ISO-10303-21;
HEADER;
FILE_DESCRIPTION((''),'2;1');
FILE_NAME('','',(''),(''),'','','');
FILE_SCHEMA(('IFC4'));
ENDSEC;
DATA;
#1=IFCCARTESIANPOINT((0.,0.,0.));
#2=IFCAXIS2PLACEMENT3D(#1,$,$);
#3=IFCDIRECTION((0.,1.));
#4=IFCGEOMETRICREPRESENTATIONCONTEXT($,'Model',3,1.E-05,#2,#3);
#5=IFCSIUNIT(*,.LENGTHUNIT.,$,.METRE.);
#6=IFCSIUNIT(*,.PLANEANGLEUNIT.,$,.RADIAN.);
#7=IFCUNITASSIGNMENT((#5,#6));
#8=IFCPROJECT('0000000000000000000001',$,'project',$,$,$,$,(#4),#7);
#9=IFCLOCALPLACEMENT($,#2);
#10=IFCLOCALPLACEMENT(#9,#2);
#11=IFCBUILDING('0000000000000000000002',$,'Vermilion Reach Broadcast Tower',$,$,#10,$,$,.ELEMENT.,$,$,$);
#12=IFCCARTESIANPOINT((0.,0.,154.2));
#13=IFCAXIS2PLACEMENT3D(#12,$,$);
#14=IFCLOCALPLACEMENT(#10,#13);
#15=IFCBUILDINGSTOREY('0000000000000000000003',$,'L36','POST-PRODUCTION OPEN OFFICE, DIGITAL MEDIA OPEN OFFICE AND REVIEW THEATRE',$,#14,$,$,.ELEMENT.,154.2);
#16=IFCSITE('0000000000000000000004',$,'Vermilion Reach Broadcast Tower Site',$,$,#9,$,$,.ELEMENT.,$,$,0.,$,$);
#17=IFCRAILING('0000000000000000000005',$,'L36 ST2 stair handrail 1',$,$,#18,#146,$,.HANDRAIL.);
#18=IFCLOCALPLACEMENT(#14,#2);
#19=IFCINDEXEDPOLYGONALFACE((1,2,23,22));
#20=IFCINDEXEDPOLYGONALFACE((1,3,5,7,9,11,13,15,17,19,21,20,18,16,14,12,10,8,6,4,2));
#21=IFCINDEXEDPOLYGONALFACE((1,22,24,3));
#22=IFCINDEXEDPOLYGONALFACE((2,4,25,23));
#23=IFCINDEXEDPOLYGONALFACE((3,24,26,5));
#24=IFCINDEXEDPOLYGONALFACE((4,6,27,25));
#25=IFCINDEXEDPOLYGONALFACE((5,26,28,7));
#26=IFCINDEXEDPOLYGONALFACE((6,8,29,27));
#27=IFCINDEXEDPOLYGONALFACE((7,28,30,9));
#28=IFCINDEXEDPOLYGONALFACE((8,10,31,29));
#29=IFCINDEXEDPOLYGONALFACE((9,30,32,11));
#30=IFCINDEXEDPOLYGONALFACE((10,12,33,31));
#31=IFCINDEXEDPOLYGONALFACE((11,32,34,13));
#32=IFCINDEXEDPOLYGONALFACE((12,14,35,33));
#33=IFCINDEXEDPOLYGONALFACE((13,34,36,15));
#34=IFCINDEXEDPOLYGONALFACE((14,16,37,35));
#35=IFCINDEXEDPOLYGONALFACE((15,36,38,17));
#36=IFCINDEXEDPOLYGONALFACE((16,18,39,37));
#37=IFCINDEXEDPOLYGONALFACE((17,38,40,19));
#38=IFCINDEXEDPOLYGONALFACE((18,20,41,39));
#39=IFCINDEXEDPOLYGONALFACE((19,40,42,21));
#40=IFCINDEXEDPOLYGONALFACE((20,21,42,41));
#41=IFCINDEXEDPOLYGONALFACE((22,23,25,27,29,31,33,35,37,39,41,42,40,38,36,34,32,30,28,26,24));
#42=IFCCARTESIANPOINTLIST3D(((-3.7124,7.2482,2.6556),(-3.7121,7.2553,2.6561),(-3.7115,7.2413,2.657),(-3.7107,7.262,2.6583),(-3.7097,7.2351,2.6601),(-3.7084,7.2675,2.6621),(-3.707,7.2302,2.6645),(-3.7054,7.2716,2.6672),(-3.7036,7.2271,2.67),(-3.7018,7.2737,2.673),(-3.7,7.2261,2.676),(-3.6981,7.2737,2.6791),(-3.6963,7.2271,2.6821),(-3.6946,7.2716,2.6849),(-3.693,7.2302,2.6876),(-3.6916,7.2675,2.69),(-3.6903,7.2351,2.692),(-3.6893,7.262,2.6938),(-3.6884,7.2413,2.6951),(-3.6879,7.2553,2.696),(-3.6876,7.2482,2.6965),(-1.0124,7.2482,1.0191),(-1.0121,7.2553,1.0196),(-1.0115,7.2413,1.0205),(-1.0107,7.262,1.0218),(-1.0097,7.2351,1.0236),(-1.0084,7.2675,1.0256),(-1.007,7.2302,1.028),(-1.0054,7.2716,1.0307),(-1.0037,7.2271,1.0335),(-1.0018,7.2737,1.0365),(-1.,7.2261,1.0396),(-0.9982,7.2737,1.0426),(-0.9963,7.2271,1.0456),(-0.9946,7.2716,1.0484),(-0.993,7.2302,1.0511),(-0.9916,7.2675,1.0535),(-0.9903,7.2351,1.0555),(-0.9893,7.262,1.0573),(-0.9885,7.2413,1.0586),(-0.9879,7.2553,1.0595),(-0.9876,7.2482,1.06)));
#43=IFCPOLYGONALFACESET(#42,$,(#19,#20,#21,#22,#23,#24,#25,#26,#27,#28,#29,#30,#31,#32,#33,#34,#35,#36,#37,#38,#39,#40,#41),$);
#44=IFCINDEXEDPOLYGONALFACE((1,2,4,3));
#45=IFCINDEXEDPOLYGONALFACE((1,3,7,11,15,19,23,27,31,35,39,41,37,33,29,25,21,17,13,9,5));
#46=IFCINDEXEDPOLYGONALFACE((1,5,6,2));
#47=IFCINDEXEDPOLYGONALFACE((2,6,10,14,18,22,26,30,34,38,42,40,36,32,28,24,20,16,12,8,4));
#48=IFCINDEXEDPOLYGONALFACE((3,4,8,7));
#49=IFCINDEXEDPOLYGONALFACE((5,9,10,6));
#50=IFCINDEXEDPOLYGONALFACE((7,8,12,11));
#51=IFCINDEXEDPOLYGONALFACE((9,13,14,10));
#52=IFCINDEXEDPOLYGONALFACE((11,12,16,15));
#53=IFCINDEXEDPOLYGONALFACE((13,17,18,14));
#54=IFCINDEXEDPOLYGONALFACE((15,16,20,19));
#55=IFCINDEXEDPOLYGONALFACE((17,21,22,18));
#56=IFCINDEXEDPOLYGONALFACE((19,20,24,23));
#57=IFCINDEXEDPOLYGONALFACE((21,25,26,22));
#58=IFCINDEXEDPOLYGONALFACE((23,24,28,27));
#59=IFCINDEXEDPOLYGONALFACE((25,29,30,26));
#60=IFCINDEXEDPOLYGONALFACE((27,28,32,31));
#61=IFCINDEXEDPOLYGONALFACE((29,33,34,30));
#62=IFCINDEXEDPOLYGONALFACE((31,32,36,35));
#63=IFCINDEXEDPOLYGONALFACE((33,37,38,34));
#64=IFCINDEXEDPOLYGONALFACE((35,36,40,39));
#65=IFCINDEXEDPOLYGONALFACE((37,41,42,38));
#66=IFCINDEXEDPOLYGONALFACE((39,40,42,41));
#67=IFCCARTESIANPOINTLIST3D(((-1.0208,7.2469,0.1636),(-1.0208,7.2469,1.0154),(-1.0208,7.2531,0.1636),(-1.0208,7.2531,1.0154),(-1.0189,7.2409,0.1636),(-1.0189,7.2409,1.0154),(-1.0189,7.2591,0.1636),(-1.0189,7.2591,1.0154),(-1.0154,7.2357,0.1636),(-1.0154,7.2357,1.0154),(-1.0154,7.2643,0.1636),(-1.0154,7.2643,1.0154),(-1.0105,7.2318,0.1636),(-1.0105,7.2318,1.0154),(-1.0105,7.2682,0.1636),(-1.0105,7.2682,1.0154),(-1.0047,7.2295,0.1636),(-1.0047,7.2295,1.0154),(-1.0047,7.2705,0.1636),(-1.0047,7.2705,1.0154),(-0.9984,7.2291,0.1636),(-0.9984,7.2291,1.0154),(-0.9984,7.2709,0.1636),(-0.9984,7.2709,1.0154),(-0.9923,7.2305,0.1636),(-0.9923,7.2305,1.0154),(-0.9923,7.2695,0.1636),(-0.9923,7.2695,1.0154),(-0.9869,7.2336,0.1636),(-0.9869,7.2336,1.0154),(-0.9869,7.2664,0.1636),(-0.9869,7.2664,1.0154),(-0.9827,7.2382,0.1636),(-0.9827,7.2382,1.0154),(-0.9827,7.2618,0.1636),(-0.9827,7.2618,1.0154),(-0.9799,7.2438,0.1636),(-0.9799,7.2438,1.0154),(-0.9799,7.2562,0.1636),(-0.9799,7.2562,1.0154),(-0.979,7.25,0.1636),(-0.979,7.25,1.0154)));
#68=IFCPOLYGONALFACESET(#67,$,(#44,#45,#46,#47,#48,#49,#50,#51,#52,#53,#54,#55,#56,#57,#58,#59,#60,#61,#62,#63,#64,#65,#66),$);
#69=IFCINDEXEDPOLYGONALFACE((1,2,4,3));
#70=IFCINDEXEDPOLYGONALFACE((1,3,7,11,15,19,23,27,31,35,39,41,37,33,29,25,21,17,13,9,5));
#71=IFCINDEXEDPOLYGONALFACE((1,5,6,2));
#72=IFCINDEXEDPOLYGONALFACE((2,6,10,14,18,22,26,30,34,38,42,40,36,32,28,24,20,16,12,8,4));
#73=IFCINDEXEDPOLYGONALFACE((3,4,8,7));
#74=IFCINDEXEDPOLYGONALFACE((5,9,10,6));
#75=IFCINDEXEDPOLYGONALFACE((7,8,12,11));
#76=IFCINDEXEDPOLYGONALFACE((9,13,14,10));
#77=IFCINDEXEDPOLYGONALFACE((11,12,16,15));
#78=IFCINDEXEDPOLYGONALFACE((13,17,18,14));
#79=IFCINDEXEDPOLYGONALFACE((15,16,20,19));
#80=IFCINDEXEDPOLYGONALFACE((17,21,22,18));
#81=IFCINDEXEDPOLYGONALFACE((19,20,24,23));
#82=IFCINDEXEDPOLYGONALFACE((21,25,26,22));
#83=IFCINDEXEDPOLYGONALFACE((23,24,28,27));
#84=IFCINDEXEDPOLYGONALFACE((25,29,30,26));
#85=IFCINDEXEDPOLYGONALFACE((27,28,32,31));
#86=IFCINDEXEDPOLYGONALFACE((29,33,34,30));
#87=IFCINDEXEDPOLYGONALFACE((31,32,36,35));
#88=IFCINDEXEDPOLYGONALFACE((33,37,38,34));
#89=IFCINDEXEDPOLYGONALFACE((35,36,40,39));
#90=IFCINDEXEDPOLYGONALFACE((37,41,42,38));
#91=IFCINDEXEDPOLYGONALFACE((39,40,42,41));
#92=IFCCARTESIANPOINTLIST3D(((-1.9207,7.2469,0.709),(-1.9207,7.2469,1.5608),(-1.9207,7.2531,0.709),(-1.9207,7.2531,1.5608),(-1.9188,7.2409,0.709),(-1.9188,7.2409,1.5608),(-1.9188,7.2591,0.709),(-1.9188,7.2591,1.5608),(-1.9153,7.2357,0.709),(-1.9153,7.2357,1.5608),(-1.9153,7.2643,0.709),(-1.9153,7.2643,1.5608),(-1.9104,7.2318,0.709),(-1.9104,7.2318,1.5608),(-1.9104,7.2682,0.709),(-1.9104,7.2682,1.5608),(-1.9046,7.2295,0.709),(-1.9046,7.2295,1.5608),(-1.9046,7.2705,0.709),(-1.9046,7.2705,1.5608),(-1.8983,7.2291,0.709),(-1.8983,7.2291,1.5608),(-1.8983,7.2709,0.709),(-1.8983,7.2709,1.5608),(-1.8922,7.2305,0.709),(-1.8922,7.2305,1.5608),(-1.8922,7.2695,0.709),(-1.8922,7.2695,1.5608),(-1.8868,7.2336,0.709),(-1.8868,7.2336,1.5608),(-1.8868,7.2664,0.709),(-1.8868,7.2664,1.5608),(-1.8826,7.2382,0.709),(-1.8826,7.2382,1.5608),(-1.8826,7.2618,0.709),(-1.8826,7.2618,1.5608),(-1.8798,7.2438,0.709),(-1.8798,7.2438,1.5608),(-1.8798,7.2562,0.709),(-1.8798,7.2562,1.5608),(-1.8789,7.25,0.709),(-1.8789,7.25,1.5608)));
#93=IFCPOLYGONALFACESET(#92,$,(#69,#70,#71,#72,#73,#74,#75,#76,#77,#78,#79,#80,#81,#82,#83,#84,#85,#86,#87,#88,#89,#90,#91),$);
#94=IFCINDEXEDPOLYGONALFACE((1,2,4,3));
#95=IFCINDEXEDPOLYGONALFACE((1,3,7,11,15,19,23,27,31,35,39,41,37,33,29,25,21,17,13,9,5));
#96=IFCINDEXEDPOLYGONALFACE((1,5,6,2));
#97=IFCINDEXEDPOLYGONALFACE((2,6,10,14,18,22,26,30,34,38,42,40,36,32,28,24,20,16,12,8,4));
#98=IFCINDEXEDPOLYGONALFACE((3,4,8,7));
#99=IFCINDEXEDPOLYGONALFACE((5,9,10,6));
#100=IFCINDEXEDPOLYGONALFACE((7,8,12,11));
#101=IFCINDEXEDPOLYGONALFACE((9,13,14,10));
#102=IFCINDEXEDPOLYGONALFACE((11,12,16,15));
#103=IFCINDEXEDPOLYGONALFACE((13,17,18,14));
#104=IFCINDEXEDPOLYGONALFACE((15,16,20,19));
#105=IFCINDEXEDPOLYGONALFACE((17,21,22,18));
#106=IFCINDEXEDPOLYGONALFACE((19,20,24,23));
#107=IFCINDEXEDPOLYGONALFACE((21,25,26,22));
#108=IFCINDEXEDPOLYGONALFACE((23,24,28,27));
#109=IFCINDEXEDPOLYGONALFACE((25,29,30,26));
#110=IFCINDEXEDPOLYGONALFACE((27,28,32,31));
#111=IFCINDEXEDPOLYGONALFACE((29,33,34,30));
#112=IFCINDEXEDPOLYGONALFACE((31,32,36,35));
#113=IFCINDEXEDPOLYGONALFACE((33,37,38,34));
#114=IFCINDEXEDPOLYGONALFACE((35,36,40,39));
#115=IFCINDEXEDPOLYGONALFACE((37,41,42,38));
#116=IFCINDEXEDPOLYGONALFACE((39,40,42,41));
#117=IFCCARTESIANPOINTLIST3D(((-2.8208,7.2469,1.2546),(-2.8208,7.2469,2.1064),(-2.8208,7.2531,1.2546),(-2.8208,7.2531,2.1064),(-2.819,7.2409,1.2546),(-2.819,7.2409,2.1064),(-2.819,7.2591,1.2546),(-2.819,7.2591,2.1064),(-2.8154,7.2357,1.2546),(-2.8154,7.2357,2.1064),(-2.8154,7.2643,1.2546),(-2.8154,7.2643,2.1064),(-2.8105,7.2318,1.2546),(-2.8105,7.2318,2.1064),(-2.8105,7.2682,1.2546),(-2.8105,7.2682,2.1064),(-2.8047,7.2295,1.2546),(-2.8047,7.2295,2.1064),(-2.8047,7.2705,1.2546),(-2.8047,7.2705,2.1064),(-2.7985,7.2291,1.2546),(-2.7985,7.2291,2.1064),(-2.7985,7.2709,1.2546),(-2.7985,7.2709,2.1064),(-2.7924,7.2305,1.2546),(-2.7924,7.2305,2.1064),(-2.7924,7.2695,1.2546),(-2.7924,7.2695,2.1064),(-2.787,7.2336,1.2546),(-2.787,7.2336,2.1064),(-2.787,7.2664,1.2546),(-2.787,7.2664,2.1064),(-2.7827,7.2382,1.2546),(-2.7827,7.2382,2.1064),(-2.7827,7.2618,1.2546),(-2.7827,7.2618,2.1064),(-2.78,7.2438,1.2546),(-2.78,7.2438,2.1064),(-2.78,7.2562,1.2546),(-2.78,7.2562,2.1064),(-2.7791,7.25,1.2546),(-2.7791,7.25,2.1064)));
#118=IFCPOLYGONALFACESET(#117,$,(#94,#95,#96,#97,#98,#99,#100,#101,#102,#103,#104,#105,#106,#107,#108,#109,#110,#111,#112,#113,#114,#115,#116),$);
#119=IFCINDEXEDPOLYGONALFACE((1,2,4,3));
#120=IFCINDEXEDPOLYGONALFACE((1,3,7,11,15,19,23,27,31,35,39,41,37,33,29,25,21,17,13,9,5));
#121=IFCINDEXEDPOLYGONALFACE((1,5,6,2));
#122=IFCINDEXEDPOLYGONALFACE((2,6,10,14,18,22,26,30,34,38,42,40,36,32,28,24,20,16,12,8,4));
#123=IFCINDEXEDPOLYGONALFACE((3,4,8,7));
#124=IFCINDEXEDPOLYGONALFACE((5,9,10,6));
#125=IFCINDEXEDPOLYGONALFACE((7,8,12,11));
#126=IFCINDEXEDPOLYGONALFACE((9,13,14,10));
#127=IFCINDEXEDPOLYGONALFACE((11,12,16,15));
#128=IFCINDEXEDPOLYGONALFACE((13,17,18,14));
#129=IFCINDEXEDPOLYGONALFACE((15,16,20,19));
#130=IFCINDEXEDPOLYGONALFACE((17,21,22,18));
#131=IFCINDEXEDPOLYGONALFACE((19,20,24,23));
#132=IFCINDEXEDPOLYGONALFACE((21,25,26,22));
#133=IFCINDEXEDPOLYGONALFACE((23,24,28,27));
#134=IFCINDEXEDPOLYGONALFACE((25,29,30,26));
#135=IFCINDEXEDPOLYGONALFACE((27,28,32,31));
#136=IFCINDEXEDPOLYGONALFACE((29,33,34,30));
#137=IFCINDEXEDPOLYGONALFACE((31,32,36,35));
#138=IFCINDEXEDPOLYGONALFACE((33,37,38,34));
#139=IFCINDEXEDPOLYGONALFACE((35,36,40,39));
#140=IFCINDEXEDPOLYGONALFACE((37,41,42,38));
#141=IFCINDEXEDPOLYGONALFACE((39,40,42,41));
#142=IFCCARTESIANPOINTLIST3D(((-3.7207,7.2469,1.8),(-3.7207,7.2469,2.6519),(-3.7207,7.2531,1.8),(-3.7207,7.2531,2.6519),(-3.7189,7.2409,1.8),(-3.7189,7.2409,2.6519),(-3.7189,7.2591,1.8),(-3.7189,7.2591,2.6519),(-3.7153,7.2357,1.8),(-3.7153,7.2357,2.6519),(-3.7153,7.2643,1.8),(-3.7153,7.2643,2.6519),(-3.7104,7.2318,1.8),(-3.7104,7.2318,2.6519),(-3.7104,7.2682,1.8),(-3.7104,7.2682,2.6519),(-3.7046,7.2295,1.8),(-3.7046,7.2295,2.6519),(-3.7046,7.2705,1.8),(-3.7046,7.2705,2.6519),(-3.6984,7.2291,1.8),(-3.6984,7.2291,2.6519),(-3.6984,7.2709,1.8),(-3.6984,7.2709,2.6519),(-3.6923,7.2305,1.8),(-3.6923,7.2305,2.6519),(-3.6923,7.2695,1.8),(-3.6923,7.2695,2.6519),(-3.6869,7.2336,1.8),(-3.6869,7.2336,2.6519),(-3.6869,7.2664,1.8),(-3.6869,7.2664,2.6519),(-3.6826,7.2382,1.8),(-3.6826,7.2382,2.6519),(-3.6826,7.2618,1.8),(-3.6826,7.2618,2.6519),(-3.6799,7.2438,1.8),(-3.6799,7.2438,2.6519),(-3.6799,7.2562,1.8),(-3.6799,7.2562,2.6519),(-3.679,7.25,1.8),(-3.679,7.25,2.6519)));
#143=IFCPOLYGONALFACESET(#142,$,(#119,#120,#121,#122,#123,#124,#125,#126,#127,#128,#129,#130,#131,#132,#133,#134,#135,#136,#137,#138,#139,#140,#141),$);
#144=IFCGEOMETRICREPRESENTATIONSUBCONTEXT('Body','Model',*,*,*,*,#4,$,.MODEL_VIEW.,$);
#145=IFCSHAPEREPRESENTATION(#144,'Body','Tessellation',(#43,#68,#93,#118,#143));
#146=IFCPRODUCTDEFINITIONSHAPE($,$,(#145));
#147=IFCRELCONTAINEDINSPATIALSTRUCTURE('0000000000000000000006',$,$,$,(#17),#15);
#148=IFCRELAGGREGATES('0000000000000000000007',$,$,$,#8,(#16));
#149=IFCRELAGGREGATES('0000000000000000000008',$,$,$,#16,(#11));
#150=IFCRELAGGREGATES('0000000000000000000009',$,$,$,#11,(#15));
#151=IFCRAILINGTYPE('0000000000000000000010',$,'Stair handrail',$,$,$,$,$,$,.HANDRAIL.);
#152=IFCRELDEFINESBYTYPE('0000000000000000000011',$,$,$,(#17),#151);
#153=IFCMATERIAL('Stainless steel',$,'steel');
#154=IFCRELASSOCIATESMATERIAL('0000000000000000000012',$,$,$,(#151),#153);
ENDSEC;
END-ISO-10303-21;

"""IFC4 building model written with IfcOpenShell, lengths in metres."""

from ifc_helpers import new_model, si_unit, direction, frame, origin, origin_2d, place, context, subcontext, project, spatial, circle, extrude, material, type_object, element, save


model = new_model("IFC4")

# Units and contexts
model_context = context("Model", 3, precision=1e-05, world=origin(), true_north=direction((0.0, 1.0)))
body_context = subcontext(model_context, "Body", "Model", "MODEL_VIEW")
ifc_project = project(units=[si_unit("LENGTHUNIT", "METRE"), si_unit("PLANEANGLEUNIT", "RADIAN")], contexts=[model_context])

# Site, building, storey
site_placement = place(None, origin())
site = spatial("IfcSite", under=ifc_project, at=site_placement, Name="Vermilion Reach Broadcast Tower Site", CompositionType="ELEMENT", RefElevation=0.0)
building_placement = place(site_placement, origin())
building = spatial("IfcBuilding", under=site, at=building_placement, Name="Vermilion Reach Broadcast Tower", CompositionType="ELEMENT")
storey_placement = place(building_placement, frame((0.0, 0.0, 154.2)))
storey = spatial("IfcBuildingStorey", under=building, at=storey_placement, Name="L36", Description="POST-PRODUCTION OPEN OFFICE, DIGITAL MEDIA OPEN OFFICE AND REVIEW THEATRE", CompositionType="ELEMENT", Elevation=154.2)

# Railing
ifc_material_1 = material(Name="Stainless steel", Category="steel")
railing_type_1 = type_object("IfcRailingType", Name="Stair handrail", PredefinedType="HANDRAIL", material=ifc_material_1)
railing_1_placement = place(storey_placement, frame((-1.0, 7.25, 0.1636)))
element("IfcRailing", 1, at=railing_1_placement, inside=storey, type_object=railing_type_1, Name="L36 ST2 stair handrail 1", PredefinedType="HANDRAIL", context=body_context, shape_type="SweptSolid", body=[
    extrude(circle(Radius=0.0239, at=origin_2d()), frame((0.0, 0.0, 0.876), z_axis=(-0.855178, 0.0, 0.518334), x_axis=(0.0, -1.0, 0.0)), (0.0, 0.0, 1.0), 3.1572),
    extrude(circle(Radius=0.021, at=origin_2d()), origin(), (0.0, 0.0, 1.0), 0.8518),
    extrude(circle(Radius=0.021, at=origin_2d()), frame((-0.8999, 0.0, 0.5454)), (0.0, 0.0, 1.0), 0.8518),
    extrude(circle(Radius=0.021, at=origin_2d()), frame((-1.8, 0.0, 1.0911)), (0.0, 0.0, 1.0), 0.8518),
    extrude(circle(Radius=0.021, at=origin_2d()), frame((-2.7, 0.0, 1.6365)), (0.0, 0.0, 1.0), 0.8518),
])

save(model, "model.ifc")
